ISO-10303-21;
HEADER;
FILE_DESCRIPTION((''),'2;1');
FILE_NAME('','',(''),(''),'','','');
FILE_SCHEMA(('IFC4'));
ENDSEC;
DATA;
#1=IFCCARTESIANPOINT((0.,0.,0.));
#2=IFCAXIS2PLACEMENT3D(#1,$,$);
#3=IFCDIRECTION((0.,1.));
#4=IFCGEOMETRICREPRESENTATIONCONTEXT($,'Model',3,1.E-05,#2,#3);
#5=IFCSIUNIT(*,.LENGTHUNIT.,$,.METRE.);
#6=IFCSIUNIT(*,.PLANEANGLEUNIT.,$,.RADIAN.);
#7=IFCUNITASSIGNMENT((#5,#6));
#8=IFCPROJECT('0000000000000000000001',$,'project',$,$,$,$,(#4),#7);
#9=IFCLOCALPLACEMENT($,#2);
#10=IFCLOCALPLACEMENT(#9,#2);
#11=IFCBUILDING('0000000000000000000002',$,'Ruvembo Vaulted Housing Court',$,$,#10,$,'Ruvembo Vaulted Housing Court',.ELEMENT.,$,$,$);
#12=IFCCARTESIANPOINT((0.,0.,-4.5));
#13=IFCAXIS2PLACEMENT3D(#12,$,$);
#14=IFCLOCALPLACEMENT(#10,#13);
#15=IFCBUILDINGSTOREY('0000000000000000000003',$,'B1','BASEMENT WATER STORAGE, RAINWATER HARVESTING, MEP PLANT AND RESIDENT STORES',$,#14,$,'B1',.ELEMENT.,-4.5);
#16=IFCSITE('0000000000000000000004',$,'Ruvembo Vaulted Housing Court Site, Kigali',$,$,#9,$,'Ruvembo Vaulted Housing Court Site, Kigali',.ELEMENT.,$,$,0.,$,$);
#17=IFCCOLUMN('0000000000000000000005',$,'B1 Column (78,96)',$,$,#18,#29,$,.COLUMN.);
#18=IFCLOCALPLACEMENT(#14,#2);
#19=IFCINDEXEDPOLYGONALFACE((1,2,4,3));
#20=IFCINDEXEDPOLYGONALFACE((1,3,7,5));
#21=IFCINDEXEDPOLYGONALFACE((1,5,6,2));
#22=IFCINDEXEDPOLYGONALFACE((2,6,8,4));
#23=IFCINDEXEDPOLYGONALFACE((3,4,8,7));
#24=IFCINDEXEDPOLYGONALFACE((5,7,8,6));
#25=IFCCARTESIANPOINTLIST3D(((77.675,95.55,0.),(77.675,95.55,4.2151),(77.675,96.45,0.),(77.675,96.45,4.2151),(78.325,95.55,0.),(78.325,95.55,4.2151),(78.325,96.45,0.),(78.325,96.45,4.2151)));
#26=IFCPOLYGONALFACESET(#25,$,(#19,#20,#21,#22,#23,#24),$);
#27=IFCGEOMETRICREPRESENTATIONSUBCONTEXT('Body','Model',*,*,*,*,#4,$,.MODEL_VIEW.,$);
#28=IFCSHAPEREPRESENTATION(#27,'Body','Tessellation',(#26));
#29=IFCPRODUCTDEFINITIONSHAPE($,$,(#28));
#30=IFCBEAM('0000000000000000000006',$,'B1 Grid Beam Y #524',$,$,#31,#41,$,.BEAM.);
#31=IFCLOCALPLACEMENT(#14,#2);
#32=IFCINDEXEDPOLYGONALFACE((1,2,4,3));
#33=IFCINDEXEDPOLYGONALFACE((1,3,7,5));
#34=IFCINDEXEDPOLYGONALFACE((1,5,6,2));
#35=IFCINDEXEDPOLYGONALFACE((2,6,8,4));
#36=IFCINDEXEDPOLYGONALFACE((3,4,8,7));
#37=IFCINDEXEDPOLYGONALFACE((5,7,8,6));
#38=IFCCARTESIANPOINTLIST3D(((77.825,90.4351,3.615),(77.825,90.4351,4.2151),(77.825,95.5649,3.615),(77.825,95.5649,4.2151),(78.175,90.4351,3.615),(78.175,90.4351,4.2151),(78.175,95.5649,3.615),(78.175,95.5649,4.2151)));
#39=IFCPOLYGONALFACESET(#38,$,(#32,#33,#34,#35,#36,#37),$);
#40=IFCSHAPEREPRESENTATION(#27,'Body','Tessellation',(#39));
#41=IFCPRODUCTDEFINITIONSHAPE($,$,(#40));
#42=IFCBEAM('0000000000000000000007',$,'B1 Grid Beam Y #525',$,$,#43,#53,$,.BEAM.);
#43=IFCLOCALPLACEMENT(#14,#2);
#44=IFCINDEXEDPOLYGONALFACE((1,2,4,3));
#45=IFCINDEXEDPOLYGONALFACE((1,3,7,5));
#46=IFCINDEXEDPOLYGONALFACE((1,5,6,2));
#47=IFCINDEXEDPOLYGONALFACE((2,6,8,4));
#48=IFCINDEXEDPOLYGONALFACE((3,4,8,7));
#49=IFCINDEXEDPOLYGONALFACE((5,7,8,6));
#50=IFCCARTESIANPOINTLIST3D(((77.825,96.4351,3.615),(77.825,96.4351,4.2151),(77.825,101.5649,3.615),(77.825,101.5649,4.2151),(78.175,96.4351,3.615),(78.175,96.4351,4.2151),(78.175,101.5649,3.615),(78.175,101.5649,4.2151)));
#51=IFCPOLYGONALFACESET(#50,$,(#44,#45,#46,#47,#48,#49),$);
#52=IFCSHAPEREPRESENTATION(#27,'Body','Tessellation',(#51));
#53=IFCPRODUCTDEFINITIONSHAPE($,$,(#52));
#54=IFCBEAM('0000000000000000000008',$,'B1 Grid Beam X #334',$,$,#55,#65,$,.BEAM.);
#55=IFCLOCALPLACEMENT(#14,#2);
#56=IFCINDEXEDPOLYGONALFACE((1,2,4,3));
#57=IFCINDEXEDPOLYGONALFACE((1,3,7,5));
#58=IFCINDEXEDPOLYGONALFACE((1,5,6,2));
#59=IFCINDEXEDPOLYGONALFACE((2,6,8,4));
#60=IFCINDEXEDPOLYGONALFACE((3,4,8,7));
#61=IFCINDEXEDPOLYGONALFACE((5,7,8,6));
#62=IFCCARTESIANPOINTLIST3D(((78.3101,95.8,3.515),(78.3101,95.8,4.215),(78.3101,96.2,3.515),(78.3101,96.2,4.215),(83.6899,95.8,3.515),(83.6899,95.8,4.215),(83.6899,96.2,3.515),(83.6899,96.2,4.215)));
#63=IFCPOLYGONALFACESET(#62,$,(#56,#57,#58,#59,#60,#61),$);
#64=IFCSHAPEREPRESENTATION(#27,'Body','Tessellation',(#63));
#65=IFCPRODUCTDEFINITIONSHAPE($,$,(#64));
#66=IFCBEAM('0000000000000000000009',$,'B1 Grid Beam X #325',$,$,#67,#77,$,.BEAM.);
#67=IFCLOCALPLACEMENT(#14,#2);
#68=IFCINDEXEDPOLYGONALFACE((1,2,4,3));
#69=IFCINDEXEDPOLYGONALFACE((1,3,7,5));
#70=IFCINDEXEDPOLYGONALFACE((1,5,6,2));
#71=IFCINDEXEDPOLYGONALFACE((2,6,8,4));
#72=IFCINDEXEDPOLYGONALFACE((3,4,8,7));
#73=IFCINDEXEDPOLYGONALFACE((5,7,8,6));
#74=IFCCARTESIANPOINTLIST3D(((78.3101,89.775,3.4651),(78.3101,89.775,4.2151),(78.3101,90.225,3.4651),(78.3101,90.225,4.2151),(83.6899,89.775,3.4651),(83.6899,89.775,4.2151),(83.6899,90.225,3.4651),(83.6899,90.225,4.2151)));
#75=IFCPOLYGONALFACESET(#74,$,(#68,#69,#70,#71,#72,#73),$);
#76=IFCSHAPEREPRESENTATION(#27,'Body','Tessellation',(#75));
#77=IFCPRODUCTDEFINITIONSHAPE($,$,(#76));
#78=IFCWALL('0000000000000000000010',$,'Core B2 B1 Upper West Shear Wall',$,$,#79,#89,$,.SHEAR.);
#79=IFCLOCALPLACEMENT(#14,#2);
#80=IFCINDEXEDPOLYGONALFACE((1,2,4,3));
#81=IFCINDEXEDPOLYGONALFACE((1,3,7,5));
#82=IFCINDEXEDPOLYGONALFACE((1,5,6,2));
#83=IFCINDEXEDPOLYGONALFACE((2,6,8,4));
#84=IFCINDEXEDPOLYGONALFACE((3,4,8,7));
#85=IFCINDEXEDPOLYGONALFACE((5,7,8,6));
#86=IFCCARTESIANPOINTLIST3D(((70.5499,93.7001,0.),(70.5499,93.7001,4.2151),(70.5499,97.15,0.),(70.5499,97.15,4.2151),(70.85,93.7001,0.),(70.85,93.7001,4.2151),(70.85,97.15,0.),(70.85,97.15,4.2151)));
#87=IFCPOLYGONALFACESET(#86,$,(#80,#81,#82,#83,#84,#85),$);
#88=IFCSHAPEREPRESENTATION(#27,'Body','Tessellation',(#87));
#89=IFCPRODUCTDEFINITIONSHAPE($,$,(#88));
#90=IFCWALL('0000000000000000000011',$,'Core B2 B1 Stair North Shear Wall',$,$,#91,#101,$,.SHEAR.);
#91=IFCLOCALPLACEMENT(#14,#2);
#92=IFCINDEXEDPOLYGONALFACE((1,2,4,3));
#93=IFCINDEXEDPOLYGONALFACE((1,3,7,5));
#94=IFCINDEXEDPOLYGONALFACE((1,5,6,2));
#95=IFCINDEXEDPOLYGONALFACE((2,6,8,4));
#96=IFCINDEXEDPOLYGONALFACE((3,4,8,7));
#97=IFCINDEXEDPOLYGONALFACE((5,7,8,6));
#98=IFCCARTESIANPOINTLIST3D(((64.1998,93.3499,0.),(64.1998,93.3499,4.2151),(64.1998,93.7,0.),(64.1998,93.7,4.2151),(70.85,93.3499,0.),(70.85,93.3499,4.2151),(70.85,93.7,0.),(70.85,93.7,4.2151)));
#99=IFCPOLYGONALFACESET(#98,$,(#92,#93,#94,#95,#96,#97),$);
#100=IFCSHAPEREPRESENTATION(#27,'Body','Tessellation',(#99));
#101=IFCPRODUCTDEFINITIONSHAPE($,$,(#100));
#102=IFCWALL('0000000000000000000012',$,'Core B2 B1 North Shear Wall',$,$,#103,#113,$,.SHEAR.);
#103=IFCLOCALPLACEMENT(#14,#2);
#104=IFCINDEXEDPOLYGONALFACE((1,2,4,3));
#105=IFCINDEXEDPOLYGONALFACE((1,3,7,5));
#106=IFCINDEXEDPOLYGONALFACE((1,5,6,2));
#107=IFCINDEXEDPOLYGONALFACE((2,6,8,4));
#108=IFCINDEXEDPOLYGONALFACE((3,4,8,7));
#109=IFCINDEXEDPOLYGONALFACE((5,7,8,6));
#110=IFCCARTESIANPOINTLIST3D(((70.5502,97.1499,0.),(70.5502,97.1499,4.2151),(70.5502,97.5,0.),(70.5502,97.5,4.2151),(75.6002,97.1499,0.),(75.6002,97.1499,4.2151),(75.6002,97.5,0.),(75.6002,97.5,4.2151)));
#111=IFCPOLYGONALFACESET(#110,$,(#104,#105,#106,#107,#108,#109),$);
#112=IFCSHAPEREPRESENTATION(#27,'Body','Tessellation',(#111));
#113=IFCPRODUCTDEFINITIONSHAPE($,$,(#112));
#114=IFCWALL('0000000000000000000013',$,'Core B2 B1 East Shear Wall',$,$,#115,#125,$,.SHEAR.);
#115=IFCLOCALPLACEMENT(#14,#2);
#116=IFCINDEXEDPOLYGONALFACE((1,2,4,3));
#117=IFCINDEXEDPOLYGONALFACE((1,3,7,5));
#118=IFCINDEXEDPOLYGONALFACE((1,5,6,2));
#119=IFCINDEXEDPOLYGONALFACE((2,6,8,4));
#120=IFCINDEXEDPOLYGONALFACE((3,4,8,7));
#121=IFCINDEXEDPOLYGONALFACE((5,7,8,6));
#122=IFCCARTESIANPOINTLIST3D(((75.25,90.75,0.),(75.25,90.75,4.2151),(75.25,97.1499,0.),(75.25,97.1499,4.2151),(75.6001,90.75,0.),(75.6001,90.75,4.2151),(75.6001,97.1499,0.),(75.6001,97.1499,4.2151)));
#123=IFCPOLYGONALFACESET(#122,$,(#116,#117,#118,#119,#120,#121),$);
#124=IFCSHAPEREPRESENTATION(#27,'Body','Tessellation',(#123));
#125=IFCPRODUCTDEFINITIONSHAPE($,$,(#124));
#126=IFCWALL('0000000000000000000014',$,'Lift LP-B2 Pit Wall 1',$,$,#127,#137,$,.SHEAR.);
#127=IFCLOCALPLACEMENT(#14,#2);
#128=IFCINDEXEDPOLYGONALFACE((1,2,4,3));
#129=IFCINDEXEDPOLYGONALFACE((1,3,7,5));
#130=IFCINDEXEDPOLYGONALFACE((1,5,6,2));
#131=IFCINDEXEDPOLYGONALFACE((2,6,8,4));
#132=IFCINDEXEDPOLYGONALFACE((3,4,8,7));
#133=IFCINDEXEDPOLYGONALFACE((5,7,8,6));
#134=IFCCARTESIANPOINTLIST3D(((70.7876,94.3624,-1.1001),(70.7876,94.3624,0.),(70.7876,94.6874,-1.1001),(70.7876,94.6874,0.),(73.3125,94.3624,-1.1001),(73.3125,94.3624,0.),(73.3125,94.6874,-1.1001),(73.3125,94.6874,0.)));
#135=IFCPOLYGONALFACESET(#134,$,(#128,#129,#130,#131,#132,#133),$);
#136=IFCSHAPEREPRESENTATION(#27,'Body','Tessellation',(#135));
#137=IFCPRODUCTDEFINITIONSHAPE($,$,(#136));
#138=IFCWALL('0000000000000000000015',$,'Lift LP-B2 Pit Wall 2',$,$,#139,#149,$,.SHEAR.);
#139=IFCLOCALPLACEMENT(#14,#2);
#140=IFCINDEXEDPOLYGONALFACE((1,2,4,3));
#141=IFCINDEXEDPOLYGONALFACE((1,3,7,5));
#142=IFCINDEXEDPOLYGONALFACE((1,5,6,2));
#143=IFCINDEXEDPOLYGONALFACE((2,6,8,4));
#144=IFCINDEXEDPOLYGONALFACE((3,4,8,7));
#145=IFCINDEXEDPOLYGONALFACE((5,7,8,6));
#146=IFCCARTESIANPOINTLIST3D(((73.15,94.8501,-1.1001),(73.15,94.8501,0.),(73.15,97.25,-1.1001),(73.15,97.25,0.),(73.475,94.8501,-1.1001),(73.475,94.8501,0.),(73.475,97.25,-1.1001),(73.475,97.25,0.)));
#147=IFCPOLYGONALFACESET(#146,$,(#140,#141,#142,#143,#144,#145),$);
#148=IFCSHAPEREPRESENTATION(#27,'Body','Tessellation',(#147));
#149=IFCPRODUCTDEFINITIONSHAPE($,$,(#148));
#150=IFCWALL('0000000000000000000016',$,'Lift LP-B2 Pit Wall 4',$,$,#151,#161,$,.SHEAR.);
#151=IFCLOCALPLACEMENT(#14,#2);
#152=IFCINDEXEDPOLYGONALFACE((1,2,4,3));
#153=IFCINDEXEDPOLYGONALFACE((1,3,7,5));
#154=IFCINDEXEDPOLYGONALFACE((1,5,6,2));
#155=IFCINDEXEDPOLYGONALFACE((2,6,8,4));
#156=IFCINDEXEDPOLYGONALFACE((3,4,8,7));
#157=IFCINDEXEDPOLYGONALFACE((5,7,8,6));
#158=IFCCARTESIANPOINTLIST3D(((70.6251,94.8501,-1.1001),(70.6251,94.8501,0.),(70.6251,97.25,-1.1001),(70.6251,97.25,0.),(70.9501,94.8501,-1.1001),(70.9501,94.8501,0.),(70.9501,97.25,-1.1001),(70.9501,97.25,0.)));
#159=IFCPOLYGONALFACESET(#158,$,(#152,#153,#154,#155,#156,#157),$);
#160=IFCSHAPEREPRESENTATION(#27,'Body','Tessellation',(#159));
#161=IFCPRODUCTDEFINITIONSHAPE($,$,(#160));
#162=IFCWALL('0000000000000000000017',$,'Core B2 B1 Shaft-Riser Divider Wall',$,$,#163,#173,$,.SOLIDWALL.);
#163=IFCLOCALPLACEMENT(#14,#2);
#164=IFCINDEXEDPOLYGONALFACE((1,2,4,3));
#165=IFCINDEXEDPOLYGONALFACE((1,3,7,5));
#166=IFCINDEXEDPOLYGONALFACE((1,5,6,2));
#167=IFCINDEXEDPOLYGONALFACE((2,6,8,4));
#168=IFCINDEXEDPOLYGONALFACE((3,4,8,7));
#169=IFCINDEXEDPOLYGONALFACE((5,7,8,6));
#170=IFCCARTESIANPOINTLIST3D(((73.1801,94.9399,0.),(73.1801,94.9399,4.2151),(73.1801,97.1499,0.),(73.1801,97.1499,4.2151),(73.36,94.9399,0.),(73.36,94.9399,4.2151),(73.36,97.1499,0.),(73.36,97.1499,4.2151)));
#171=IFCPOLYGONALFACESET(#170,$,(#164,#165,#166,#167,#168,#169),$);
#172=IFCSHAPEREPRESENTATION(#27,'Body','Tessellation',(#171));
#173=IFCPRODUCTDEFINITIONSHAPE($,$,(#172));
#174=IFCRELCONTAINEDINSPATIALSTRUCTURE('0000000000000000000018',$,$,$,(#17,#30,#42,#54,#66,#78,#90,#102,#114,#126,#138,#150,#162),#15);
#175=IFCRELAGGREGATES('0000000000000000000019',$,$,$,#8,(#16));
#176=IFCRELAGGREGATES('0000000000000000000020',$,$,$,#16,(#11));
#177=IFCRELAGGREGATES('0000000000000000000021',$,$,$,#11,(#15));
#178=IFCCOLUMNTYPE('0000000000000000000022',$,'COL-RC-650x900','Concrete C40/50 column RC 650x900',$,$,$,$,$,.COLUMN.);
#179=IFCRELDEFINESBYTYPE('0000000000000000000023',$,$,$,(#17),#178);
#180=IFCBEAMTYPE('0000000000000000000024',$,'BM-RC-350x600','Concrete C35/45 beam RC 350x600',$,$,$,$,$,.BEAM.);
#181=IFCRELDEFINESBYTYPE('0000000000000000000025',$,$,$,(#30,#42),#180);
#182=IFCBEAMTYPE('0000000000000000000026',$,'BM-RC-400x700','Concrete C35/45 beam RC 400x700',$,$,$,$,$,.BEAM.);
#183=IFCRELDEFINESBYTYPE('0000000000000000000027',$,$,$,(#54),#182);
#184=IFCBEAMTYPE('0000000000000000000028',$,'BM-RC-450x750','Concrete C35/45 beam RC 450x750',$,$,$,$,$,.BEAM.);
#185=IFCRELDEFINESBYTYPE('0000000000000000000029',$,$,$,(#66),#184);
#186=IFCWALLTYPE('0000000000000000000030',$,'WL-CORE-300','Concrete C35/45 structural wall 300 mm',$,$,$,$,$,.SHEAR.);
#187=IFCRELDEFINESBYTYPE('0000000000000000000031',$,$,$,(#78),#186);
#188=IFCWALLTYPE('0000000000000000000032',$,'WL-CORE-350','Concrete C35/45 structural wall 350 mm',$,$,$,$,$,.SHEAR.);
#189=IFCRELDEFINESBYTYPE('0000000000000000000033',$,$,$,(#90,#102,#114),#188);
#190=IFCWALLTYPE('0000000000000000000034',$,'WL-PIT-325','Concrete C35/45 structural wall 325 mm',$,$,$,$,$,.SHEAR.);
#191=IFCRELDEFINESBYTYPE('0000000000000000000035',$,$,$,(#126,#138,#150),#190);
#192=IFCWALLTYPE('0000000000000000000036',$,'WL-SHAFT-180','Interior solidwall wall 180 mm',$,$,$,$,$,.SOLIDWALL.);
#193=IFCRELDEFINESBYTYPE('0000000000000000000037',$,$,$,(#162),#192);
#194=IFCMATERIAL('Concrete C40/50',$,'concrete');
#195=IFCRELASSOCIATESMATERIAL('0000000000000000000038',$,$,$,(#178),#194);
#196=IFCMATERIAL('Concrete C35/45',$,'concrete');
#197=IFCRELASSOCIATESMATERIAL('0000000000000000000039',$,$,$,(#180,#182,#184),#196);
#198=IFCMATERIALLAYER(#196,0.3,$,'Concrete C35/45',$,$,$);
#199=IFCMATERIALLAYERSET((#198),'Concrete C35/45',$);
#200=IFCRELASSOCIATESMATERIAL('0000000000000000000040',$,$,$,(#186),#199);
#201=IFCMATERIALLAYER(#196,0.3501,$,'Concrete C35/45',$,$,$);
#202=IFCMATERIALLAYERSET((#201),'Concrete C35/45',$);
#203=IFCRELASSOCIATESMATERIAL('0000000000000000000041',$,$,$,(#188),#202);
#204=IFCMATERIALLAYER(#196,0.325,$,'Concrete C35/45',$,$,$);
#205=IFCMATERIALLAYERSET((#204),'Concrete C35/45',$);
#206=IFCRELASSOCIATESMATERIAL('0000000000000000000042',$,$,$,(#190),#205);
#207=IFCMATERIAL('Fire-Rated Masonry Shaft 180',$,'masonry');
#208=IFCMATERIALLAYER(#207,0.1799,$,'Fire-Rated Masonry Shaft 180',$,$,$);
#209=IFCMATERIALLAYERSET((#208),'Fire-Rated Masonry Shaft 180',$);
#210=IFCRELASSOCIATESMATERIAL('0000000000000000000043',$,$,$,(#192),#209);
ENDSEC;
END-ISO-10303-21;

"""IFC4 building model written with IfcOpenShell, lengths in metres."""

from ifc_helpers import new_model, si_unit, direction, frame, frame_2d, origin, origin_2d, place, context, subcontext, project, spatial, rectangle, extrude, material, layer, layer_set, material_profile, profile_set, type_object, element, save


model = new_model("IFC4")

# Units and contexts
model_context = context("Model", 3, precision=1e-05, world=origin(), true_north=direction((0.0, 1.0)))
body_context = subcontext(model_context, "Body", "Model", "MODEL_VIEW")
ifc_project = project(units=[si_unit("LENGTHUNIT", "METRE"), si_unit("PLANEANGLEUNIT", "RADIAN")], contexts=[model_context])

# Site, building, storey
site_placement = place(None, origin())
site = spatial("IfcSite", under=ifc_project, at=site_placement, Name="Ruvembo Vaulted Housing Court Site, Kigali", LongName="Ruvembo Vaulted Housing Court Site, Kigali", CompositionType="ELEMENT", RefElevation=0.0)
building_placement = place(site_placement, origin())
building = spatial("IfcBuilding", under=site, at=building_placement, Name="Ruvembo Vaulted Housing Court", LongName="Ruvembo Vaulted Housing Court", CompositionType="ELEMENT")
storey_placement = place(building_placement, frame((0.0, 0.0, -4.5)))
storey = spatial("IfcBuildingStorey", under=building, at=storey_placement, Name="B1", Description="BASEMENT WATER STORAGE, RAINWATER HARVESTING, MEP PLANT AND RESIDENT STORES", LongName="B1", CompositionType="ELEMENT", Elevation=-4.5)

# Column
ifc_material_1 = material(Name="Concrete C40/50", Category="concrete")
ifc_material_profile_1 = material_profile(ifc_material_1, rectangle(XDim=0.6499, YDim=0.8999, at=origin_2d()), Name="RC 650x900")
ifc_profile_set_1 = profile_set([ifc_material_profile_1], Name="Concrete C40/50")
column_type = type_object("IfcColumnType", Name="COL-RC-650x900", Description="Concrete C40/50 column RC 650x900", PredefinedType="COLUMN", material=ifc_profile_set_1)
for number, where, z_axis, x_axis, name in (
    (1, (78.0, 96.0, 0.0), (0.0, 0.0, 1.0), (1.0, 0.0, 0.0), "B1 Column (78,96)"),
):
    element("IfcColumn", number, at=place(storey_placement, frame(where, z_axis=z_axis, x_axis=x_axis)), inside=storey, type_object=column_type, Name=name, PredefinedType="COLUMN", context=body_context, shape_type="SweptSolid", body=[
        extrude(rectangle(XDim=0.6499, YDim=0.8999, at=origin_2d()), origin(), (0.0, 0.0, 1.0), 4.2151),
    ])

# Beams
ifc_material_2 = material(Name="Concrete C35/45", Category="concrete")
ifc_material_profile_2 = material_profile(ifc_material_2, rectangle(XDim=0.3501, YDim=0.6001, at=origin_2d()), Name="RC 350x600")
ifc_profile_set_2 = profile_set([ifc_material_profile_2], Name="Concrete C35/45")
beam_type_1 = type_object("IfcBeamType", Name="BM-RC-350x600", Description="Concrete C35/45 beam RC 350x600", PredefinedType="BEAM", material=ifc_profile_set_2)
for number, where, z_axis, x_axis, name in (
    (2, (78.0, 90.4351, 3.915), (0.0, 1.0, 0.0), (-1.0, 0.0, 0.0), "B1 Grid Beam Y #524"),
    (3, (78.0, 96.4351, 3.915), (0.0, 1.0, 0.0), (-1.0, 0.0, 0.0), "B1 Grid Beam Y #525"),
):
    element("IfcBeam", number, at=place(storey_placement, frame(where, z_axis=z_axis, x_axis=x_axis)), inside=storey, type_object=beam_type_1, Name=name, PredefinedType="BEAM", context=body_context, shape_type="SweptSolid", body=[
        extrude(rectangle(XDim=0.3501, YDim=0.6001, at=origin_2d()), origin(), (0.0, 0.0, 1.0), 5.1299),
    ])
ifc_material_profile_3 = material_profile(ifc_material_2, rectangle(XDim=0.3999, YDim=0.7, at=origin_2d()), Name="RC 400x700")
ifc_profile_set_3 = profile_set([ifc_material_profile_3], Name="Concrete C35/45")
beam_type_2 = type_object("IfcBeamType", Name="BM-RC-400x700", Description="Concrete C35/45 beam RC 400x700", PredefinedType="BEAM", material=ifc_profile_set_3)
beam_1_placement = place(storey_placement, frame((78.3101, 96.0, 3.865), z_axis=(1.0, 0.0, 0.0), x_axis=(0.0, 1.0, 0.0)))
element("IfcBeam", 4, at=beam_1_placement, inside=storey, type_object=beam_type_2, Name="B1 Grid Beam X #334", PredefinedType="BEAM", context=body_context, shape_type="SweptSolid", body=[
    extrude(rectangle(XDim=0.3999, YDim=0.7, at=origin_2d()), origin(), (0.0, 0.0, 1.0), 5.3799),
])
ifc_material_profile_4 = material_profile(ifc_material_2, rectangle(XDim=0.45, YDim=0.75, at=origin_2d()), Name="RC 450x750")
ifc_profile_set_4 = profile_set([ifc_material_profile_4], Name="Concrete C35/45")
beam_type_3 = type_object("IfcBeamType", Name="BM-RC-450x750", Description="Concrete C35/45 beam RC 450x750", PredefinedType="BEAM", material=ifc_profile_set_4)
beam_2_placement = place(storey_placement, frame((78.3101, 90.0, 3.8401), z_axis=(1.0, 0.0, 0.0), x_axis=(0.0, 1.0, 0.0)))
element("IfcBeam", 5, at=beam_2_placement, inside=storey, type_object=beam_type_3, Name="B1 Grid Beam X #325", PredefinedType="BEAM", context=body_context, shape_type="SweptSolid", body=[
    extrude(rectangle(XDim=0.45, YDim=0.75, at=origin_2d()), origin(), (0.0, 0.0, 1.0), 5.3799),
])

# Shared definitions
ifc_layer_1 = layer(ifc_material_2, 0.3, Name="Concrete C35/45")
ifc_layer_set_1 = layer_set([ifc_layer_1], Name="Concrete C35/45")
wall_type_1 = type_object("IfcWallType", Name="WL-CORE-300", Description="Concrete C35/45 structural wall 300 mm", PredefinedType="SHEAR", material=ifc_layer_set_1)

# Walls
wall_1_placement = place(storey_placement, frame((70.7, 93.7, 0.0), z_axis=(0.0, 0.0, 1.0), x_axis=(0.0, 1.0, 0.0)))
element("IfcWall", 6, at=wall_1_placement, inside=storey, type_object=wall_type_1, Name="Core B2 B1 Upper West Shear Wall", PredefinedType="SHEAR", context=body_context, shape_type="SweptSolid", body=[
    extrude(rectangle(XDim=3.45, YDim=0.3, at=frame_2d((1.7251, 0.0))), origin(), (0.0, 0.0, 1.0), 4.2151),
])
ifc_layer_2 = layer(ifc_material_2, 0.3501, Name="Concrete C35/45")
ifc_layer_set_2 = layer_set([ifc_layer_2], Name="Concrete C35/45")
wall_type_2 = type_object("IfcWallType", Name="WL-CORE-350", Description="Concrete C35/45 structural wall 350 mm", PredefinedType="SHEAR", material=ifc_layer_set_2)
wall_2_placement = place(storey_placement, frame((70.8501, 93.5249, 0.0), z_axis=(0.0, 0.0, 1.0), x_axis=(-1.0, 0.0, 0.0)))
element("IfcWall", 7, at=wall_2_placement, inside=storey, type_object=wall_type_2, Name="Core B2 B1 Stair North Shear Wall", PredefinedType="SHEAR", context=body_context, shape_type="SweptSolid", body=[
    extrude(rectangle(XDim=6.6501, YDim=0.3501, at=frame_2d((3.3252, 0.0))), origin(), (0.0, 0.0, 1.0), 4.2151),
])
wall_3_placement = place(storey_placement, frame((75.6001, 97.325, 0.0), z_axis=(0.0, 0.0, 1.0), x_axis=(-1.0, 0.0, 0.0)))
element("IfcWall", 8, at=wall_3_placement, inside=storey, type_object=wall_type_2, Name="Core B2 B1 North Shear Wall", PredefinedType="SHEAR", context=body_context, shape_type="SweptSolid", body=[
    extrude(rectangle(XDim=5.05, YDim=0.3501, at=frame_2d((2.5249, 0.0))), origin(), (0.0, 0.0, 1.0), 4.2151),
])
wall_4_placement = place(storey_placement, frame((75.425, 90.75, 0.0), z_axis=(0.0, 0.0, 1.0), x_axis=(0.0, 1.0, 0.0)))
element("IfcWall", 9, at=wall_4_placement, inside=storey, type_object=wall_type_2, Name="Core B2 B1 East Shear Wall", PredefinedType="SHEAR", context=body_context, shape_type="SweptSolid", body=[
    extrude(rectangle(XDim=6.3999, YDim=0.3501, at=frame_2d((3.2, 0.0))), origin(), (0.0, 0.0, 1.0), 4.2151),
])
ifc_layer_3 = layer(ifc_material_2, 0.325, Name="Concrete C35/45")
ifc_layer_set_3 = layer_set([ifc_layer_3], Name="Concrete C35/45")
wall_type_3 = type_object("IfcWallType", Name="WL-PIT-325", Description="Concrete C35/45 structural wall 325 mm", PredefinedType="SHEAR", material=ifc_layer_set_3)
wall_5_placement = place(storey_placement, frame((70.7876, 94.5249, -1.1001), z_axis=(0.0, 0.0, 1.0), x_axis=(1.0, 0.0, 0.0)))
element("IfcWall", 10, at=wall_5_placement, inside=storey, type_object=wall_type_3, Name="Lift LP-B2 Pit Wall 1", PredefinedType="SHEAR", context=body_context, shape_type="SweptSolid", body=[
    extrude(rectangle(XDim=2.5249, YDim=0.325, at=frame_2d((1.2625, 0.0))), origin(), (0.0, 0.0, 1.0), 1.1001),
])
for number, where, z_axis, x_axis, name in (
    (11, (73.3125, 94.8501, -1.1001), (0.0, 0.0, 1.0), (0.0, 1.0, 0.0), "Lift LP-B2 Pit Wall 2"),
    (12, (70.7876, 97.25, -1.1001), (0.0, 0.0, 1.0), (0.0, -1.0, 0.0), "Lift LP-B2 Pit Wall 4"),
):
    element("IfcWall", number, at=place(storey_placement, frame(where, z_axis=z_axis, x_axis=x_axis)), inside=storey, type_object=wall_type_3, Name=name, PredefinedType="SHEAR", context=body_context, shape_type="SweptSolid", body=[
        extrude(rectangle(XDim=2.3999, YDim=0.325, at=frame_2d((1.2, 0.0))), origin(), (0.0, 0.0, 1.0), 1.1001),
    ])

# Shared definitions
ifc_material_3 = material(Name="Fire-Rated Masonry Shaft 180", Category="masonry")
ifc_layer_4 = layer(ifc_material_3, 0.1799, Name="Fire-Rated Masonry Shaft 180")
ifc_layer_set_4 = layer_set([ifc_layer_4], Name="Fire-Rated Masonry Shaft 180")
wall_type_4 = type_object("IfcWallType", Name="WL-SHAFT-180", Description="Interior solidwall wall 180 mm", PredefinedType="SOLIDWALL", material=ifc_layer_set_4)

# Wall
wall_6_placement = place(storey_placement, frame((73.27, 94.9399, 0.0), z_axis=(0.0, 0.0, 1.0), x_axis=(0.0, 1.0, 0.0)))
element("IfcWall", 13, at=wall_6_placement, inside=storey, type_object=wall_type_4, Name="Core B2 B1 Shaft-Riser Divider Wall", PredefinedType="SOLIDWALL", context=body_context, shape_type="SweptSolid", body=[
    extrude(rectangle(XDim=2.21, YDim=0.1799, at=frame_2d((1.105, 0.0))), origin(), (0.0, 0.0, 1.0), 4.2151),
])

save(model, "model.ifc")
